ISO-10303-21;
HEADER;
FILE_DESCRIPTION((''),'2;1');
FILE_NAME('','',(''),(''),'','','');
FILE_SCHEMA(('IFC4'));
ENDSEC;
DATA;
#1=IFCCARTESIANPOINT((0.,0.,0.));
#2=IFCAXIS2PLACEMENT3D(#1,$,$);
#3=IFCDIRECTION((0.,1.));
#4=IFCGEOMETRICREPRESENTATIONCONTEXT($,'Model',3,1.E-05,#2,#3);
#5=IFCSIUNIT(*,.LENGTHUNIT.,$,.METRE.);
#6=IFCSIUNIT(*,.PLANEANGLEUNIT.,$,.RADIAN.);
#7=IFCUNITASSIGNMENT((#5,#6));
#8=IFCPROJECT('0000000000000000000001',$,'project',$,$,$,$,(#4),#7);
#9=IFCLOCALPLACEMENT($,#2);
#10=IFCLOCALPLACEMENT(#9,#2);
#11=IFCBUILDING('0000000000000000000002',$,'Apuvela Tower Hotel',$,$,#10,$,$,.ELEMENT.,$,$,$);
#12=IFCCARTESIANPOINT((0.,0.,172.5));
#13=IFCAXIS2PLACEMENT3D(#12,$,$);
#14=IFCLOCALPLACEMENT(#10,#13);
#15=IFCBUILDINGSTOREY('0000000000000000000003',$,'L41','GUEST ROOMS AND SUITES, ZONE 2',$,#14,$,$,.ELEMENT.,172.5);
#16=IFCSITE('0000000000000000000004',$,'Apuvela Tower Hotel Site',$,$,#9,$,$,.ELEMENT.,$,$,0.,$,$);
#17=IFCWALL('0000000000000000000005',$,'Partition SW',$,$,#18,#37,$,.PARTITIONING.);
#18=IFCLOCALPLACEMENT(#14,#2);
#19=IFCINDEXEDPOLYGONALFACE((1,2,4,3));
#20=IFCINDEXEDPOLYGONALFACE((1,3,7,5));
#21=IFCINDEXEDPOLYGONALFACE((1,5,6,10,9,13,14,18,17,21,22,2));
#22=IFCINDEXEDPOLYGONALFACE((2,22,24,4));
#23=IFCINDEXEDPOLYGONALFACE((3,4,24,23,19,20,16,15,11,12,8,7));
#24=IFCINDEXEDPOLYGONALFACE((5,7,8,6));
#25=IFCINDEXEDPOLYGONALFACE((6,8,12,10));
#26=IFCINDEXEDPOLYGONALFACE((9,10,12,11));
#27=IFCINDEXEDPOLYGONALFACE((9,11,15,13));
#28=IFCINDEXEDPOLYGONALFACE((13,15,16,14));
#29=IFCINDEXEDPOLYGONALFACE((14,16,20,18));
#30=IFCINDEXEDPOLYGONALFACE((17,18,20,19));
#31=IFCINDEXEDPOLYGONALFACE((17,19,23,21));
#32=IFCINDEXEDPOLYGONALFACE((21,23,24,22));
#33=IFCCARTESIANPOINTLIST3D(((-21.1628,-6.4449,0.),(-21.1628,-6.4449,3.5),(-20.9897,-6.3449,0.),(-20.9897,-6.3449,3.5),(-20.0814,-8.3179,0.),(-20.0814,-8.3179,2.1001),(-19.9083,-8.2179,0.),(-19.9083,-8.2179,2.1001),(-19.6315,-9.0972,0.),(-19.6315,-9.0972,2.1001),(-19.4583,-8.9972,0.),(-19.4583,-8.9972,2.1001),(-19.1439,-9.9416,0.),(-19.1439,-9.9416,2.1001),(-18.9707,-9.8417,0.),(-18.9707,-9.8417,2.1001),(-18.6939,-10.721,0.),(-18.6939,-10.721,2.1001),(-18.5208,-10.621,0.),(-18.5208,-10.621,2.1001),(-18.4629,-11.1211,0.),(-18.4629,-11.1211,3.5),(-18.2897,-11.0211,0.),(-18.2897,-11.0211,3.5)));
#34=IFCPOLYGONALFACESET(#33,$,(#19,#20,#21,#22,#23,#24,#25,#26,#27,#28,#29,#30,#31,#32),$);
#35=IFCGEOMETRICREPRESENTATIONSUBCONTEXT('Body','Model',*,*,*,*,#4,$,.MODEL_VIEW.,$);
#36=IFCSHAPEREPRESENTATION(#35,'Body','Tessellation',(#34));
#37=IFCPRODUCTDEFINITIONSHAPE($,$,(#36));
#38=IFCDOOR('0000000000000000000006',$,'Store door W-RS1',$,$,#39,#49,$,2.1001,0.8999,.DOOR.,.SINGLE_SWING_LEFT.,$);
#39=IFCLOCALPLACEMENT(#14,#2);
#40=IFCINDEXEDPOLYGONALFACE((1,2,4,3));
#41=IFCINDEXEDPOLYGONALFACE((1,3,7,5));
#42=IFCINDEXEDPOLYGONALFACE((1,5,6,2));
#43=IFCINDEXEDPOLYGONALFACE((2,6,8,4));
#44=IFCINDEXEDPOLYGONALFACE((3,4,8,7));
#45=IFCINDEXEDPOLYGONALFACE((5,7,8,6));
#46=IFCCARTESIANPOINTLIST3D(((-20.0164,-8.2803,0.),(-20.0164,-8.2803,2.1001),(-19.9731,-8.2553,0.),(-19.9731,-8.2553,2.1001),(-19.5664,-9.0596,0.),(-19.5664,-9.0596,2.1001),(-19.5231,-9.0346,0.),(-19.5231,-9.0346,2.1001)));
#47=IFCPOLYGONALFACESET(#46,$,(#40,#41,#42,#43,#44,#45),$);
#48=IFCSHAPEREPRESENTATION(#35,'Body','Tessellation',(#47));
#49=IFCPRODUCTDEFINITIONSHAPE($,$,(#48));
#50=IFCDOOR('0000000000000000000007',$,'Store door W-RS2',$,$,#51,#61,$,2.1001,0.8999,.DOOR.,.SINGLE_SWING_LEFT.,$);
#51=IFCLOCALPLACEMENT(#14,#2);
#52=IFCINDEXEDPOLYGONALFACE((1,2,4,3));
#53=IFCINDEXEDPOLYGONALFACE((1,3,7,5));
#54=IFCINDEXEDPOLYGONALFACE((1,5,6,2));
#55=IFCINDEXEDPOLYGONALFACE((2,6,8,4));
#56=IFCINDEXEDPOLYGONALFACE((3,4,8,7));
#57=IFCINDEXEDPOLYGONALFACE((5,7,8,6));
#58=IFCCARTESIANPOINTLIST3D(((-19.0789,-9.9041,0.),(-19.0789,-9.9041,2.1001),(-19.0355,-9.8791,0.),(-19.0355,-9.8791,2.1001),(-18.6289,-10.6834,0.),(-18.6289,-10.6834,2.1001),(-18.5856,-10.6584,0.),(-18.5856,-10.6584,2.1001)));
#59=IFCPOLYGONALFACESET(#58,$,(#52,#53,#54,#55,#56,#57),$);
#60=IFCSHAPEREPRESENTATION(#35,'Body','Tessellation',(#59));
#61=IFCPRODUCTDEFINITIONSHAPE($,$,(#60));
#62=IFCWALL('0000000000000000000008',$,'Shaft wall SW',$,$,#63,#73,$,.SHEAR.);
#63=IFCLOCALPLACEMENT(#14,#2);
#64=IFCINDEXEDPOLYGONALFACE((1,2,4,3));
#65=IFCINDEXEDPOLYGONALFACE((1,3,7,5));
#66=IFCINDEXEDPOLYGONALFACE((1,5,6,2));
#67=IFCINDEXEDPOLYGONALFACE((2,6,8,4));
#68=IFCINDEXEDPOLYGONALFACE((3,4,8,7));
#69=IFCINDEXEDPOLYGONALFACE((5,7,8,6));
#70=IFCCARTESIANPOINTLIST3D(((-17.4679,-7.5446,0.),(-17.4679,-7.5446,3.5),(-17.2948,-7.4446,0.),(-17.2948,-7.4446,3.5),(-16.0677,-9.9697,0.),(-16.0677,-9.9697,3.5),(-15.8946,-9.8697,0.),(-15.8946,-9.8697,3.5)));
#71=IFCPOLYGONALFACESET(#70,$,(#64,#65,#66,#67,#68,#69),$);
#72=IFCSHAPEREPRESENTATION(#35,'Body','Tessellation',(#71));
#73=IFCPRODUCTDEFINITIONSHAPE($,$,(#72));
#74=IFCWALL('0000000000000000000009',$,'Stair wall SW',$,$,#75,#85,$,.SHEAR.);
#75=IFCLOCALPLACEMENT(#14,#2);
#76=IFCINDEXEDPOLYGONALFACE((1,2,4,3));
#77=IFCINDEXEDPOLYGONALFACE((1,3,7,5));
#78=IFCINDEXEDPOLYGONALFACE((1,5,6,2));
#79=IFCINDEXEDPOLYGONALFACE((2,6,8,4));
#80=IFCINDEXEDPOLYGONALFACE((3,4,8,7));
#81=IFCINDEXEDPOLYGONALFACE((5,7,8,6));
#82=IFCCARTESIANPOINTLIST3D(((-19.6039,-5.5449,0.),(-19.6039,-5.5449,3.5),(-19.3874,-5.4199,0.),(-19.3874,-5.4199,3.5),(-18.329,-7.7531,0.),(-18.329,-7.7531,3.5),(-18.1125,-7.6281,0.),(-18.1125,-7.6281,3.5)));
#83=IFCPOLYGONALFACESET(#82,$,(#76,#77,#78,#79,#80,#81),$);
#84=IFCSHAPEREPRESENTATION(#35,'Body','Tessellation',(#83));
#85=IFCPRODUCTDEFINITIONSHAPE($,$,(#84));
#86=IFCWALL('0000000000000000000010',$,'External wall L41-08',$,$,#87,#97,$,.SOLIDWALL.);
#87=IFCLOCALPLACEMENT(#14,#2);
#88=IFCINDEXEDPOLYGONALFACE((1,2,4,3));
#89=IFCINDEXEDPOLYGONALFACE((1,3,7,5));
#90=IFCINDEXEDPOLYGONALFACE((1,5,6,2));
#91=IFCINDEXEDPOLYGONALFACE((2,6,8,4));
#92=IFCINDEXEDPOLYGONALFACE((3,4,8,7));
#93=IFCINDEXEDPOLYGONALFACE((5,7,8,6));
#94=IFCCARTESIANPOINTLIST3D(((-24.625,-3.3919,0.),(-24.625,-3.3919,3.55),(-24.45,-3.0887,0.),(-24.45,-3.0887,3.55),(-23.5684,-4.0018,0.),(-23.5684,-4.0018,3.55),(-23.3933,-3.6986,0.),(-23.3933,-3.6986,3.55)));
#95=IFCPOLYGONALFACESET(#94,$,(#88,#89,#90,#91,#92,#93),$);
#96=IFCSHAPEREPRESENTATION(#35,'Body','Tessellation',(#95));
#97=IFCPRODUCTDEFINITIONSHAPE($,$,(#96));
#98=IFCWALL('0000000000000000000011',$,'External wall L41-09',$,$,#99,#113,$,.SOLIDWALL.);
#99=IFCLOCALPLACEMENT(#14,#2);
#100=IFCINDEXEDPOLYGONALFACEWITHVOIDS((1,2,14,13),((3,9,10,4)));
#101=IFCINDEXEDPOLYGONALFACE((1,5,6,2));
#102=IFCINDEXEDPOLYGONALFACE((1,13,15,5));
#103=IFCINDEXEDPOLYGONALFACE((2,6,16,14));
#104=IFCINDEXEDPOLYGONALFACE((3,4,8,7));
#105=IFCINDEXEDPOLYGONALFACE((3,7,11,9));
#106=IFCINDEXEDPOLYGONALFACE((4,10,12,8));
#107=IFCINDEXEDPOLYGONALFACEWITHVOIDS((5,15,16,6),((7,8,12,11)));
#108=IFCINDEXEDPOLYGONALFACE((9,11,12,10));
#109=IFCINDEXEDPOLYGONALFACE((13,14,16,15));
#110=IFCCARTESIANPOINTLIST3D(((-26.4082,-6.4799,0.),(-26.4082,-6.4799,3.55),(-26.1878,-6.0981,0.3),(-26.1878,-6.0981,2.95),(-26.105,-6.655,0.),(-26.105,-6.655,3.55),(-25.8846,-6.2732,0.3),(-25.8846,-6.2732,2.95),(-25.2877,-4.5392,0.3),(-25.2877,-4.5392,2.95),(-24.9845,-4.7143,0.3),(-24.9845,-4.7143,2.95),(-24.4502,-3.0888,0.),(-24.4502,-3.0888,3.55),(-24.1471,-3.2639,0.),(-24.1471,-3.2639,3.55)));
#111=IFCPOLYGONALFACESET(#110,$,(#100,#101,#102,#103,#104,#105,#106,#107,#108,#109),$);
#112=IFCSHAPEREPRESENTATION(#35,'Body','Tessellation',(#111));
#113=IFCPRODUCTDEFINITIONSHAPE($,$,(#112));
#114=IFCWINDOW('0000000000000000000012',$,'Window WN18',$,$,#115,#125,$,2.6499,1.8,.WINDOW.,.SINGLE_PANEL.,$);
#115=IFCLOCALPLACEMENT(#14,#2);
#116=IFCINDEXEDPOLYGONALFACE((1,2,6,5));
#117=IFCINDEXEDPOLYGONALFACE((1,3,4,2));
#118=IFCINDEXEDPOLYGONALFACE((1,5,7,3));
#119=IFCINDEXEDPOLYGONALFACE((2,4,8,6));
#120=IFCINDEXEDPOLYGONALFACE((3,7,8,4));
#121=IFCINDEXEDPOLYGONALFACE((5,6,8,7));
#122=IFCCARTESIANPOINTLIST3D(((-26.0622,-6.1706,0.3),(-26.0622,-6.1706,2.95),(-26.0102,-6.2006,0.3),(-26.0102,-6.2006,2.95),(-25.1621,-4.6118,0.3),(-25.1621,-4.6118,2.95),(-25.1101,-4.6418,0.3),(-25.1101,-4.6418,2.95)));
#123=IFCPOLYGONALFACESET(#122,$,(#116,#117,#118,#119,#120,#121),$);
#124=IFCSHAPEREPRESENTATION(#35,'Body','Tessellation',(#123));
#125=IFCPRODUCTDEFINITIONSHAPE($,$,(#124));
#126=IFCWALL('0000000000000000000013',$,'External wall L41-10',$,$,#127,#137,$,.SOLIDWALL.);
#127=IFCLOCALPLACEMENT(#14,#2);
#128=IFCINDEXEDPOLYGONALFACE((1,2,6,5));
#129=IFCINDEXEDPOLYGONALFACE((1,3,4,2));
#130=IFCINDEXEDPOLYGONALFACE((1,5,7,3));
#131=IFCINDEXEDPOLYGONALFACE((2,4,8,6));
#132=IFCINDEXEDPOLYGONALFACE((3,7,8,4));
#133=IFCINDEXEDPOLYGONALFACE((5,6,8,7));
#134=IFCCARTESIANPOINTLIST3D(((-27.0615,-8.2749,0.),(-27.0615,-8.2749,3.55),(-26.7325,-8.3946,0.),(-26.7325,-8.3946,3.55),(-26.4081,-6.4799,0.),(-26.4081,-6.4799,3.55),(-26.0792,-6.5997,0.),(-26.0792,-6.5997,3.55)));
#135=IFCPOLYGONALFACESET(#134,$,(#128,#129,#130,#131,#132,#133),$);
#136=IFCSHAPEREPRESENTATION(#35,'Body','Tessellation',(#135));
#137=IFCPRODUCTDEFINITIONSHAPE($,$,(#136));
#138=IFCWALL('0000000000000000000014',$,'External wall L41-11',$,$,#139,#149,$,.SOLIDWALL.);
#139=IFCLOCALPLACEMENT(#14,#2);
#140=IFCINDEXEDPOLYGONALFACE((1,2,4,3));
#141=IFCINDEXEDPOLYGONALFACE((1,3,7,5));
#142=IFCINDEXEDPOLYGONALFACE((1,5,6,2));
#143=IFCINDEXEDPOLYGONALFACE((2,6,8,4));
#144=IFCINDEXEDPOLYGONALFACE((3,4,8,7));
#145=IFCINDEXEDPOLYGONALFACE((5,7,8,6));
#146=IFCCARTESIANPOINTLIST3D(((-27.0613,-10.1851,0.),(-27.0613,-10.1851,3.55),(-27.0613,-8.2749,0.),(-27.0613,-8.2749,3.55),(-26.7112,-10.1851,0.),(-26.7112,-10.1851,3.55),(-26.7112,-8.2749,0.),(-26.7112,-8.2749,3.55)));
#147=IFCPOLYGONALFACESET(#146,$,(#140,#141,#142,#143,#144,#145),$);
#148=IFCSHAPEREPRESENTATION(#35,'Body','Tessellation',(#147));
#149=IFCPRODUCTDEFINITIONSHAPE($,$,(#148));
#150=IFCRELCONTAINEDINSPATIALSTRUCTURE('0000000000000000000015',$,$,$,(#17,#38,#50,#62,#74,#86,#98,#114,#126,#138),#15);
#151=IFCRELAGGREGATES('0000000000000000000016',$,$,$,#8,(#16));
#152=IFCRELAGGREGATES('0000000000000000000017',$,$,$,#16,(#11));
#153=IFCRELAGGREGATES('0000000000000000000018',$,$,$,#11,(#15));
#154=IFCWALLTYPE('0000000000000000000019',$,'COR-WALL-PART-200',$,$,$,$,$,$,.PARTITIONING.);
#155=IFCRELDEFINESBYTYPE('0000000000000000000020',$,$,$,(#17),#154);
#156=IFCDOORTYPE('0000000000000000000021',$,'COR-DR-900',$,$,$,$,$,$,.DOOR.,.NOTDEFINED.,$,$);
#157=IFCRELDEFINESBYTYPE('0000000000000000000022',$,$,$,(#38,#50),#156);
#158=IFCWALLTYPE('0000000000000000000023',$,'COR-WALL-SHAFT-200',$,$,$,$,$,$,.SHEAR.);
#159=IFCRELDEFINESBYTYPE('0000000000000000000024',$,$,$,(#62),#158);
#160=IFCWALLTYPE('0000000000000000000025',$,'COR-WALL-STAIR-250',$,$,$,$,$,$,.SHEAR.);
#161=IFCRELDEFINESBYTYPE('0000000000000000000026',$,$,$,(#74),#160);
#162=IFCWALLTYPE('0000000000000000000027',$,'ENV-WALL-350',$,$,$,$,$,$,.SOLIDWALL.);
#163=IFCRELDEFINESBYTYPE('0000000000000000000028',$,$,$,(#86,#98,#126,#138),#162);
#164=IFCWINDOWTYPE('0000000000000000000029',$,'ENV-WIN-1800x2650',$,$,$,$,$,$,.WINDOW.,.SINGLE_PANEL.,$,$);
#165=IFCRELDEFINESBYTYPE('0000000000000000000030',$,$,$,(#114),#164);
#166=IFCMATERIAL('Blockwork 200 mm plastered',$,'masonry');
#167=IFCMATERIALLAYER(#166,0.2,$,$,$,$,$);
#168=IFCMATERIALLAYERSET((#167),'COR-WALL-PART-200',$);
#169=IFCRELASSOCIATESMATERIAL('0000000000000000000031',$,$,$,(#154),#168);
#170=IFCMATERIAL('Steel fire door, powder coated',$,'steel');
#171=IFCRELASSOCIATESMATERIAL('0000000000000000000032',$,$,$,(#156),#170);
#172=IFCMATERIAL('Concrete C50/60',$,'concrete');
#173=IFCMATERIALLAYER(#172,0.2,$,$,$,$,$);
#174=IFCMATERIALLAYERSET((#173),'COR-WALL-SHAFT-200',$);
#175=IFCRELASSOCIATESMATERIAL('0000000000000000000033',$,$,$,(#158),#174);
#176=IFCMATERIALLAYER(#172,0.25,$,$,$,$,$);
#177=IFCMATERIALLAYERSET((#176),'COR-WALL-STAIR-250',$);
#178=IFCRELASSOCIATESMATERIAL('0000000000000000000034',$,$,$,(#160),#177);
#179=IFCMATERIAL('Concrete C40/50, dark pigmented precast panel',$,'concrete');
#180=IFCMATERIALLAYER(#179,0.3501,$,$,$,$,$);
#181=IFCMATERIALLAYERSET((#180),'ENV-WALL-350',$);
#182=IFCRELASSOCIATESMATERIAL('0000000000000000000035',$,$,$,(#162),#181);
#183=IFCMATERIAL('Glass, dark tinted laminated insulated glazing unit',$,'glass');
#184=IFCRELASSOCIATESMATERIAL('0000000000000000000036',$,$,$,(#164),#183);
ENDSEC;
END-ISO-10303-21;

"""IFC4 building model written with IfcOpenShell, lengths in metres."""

from ifc_helpers import new_model, si_unit, direction, frame, frame_2d, origin, place, context, subcontext, project, spatial, rectangle, extrude, material, layer, layer_set, type_object, element, fill, save


model = new_model("IFC4")

# Units and contexts
model_context = context("Model", 3, precision=1e-05, world=origin(), true_north=direction((0.0, 1.0)))
body_context = subcontext(model_context, "Body", "Model", "MODEL_VIEW")
ifc_project = project(units=[si_unit("LENGTHUNIT", "METRE"), si_unit("PLANEANGLEUNIT", "RADIAN")], contexts=[model_context])

# Site, building, storey
site_placement = place(None, origin())
site = spatial("IfcSite", under=ifc_project, at=site_placement, Name="Apuvela Tower Hotel Site", CompositionType="ELEMENT", RefElevation=0.0)
building_placement = place(site_placement, origin())
building = spatial("IfcBuilding", under=site, at=building_placement, Name="Apuvela Tower Hotel", CompositionType="ELEMENT")
storey_placement = place(building_placement, frame((0.0, 0.0, 172.5)))
storey = spatial("IfcBuildingStorey", under=building, at=storey_placement, Name="L41", Description="GUEST ROOMS AND SUITES, ZONE 2", CompositionType="ELEMENT", Elevation=172.5)

# Wall, openings, doors
ifc_material_1 = material(Name="Blockwork 200 mm plastered", Category="masonry")
ifc_layer_1 = layer(ifc_material_1, 0.2)
ifc_layer_set_1 = layer_set([ifc_layer_1], Name="COR-WALL-PART-200")
wall_type_1 = type_object("IfcWallType", Name="COR-WALL-PART-200", PredefinedType="PARTITIONING", material=ifc_layer_set_1)
wall_1_placement = place(storey_placement, frame((-21.0762, -6.395, 0.0), z_axis=(0.0, 0.0, 1.0), x_axis=(0.500015, -0.866017, 0.0)))
wall_1 = element("IfcWall", 1, at=wall_1_placement, inside=storey, type_object=wall_type_1, Name="Partition SW", PredefinedType="PARTITIONING", context=body_context, shape_type="SweptSolid", body=[
    extrude(rectangle(XDim=5.3997, YDim=0.2, at=frame_2d((2.6997, 0.0))), origin(), (0.0, 0.0, 1.0), 3.5),
])
opening_1_placement = place(wall_1_placement, frame((2.1626, 0.0, 0.0)))
opening_1 = element("IfcOpeningElement", 2, at=opening_1_placement, cuts=wall_1, PredefinedType="OPENING", context=body_context, shape_type="SweptSolid", body=[
    extrude(rectangle(XDim=0.8999, YDim=2.1001, at=frame_2d((0.45, 1.05))), frame((0.0, 0.1099, 0.0), z_axis=(0.0, -1.0, 0.0), x_axis=(1.0, 0.0, 0.0)), (0.0, 0.0, 1.0), 0.22),
])
opening_2_placement = place(wall_1_placement, frame((4.0376, 0.0, 0.0)))
opening_2 = element("IfcOpeningElement", 3, at=opening_2_placement, cuts=wall_1, PredefinedType="OPENING", context=body_context, shape_type="SweptSolid", body=[
    extrude(rectangle(XDim=0.8999, YDim=2.1001, at=frame_2d((0.45, 1.05))), frame((0.0, 0.1099, 0.0), z_axis=(0.0, -1.0, 0.0), x_axis=(1.0, 0.0, 0.0)), (0.0, 0.0, 1.0), 0.22),
])
ifc_material_2 = material(Name="Steel fire door, powder coated", Category="steel")
door_type_1 = type_object("IfcDoorType", Name="COR-DR-900", OperationType="NOTDEFINED", PredefinedType="DOOR", material=ifc_material_2)
door_1_placement = place(opening_1_placement, frame((0.8999, 0.0, 0.0), z_axis=(0.0, 0.0, 1.0), x_axis=(-1.0, 0.0, 0.0)))
door_1 = element("IfcDoor", 4, at=door_1_placement, inside=storey, type_object=door_type_1, Name="Store door W-RS1", OperationType="SINGLE_SWING_LEFT", OverallHeight=2.1001, OverallWidth=0.8999, PredefinedType="DOOR", context=body_context, shape_type="SweptSolid", body=[
    extrude(rectangle(XDim=0.8999, YDim=2.1001, at=frame_2d((0.45, 1.05))), frame((0.0, 0.0249, 0.0), z_axis=(0.0, -1.0, 0.0), x_axis=(1.0, 0.0, 0.0)), (0.0, 0.0, 1.0), 0.05),
])
fill(opening_1, door_1)
door_2_placement = place(opening_2_placement, frame((0.8999, 0.0, 0.0), z_axis=(0.0, 0.0, 1.0), x_axis=(-1.0, 0.0, 0.0)))
door_2 = element("IfcDoor", 5, at=door_2_placement, inside=storey, type_object=door_type_1, Name="Store door W-RS2", OperationType="SINGLE_SWING_LEFT", OverallHeight=2.1001, OverallWidth=0.8999, PredefinedType="DOOR", context=body_context, shape_type="SweptSolid", body=[
    extrude(rectangle(XDim=0.8999, YDim=2.1001, at=frame_2d((0.45, 1.05))), frame((0.0, 0.0249, 0.0), z_axis=(0.0, -1.0, 0.0), x_axis=(1.0, 0.0, 0.0)), (0.0, 0.0, 1.0), 0.05),
])
fill(opening_2, door_2)

# Walls
ifc_material_3 = material(Name="Concrete C50/60", Category="concrete")
ifc_layer_2 = layer(ifc_material_3, 0.2)
ifc_layer_set_2 = layer_set([ifc_layer_2], Name="COR-WALL-SHAFT-200")
wall_type_2 = type_object("IfcWallType", Name="COR-WALL-SHAFT-200", PredefinedType="SHEAR", material=ifc_layer_set_2)
wall_2_placement = place(storey_placement, frame((-17.3813, -7.4946, 0.0), z_axis=(0.0, 0.0, 1.0), x_axis=(0.500012, -0.866019, 0.0)))
element("IfcWall", 6, at=wall_2_placement, inside=storey, type_object=wall_type_2, Name="Shaft wall SW", PredefinedType="SHEAR", context=body_context, shape_type="SweptSolid", body=[
    extrude(rectangle(XDim=2.8003, YDim=0.2, at=frame_2d((1.4001, 0.0))), origin(), (0.0, 0.0, 1.0), 3.5),
])
ifc_layer_3 = layer(ifc_material_3, 0.25)
ifc_layer_set_3 = layer_set([ifc_layer_3], Name="COR-WALL-STAIR-250")
wall_type_3 = type_object("IfcWallType", Name="COR-WALL-STAIR-250", PredefinedType="SHEAR", material=ifc_layer_set_3)
wall_3_placement = place(storey_placement, frame((-19.4956, -5.4824, 0.0), z_axis=(0.0, 0.0, 1.0), x_axis=(0.49999, -0.866031, 0.0)))
element("IfcWall", 7, at=wall_3_placement, inside=storey, type_object=wall_type_3, Name="Stair wall SW", PredefinedType="SHEAR", context=body_context, shape_type="SweptSolid", body=[
    extrude(rectangle(XDim=2.5498, YDim=0.25, at=frame_2d((1.2749, 0.0))), origin(), (0.0, 0.0, 1.0), 3.5),
])
ifc_material_4 = material(Name="Concrete C40/50, dark pigmented precast panel", Category="concrete")
ifc_layer_4 = layer(ifc_material_4, 0.3501)
ifc_layer_set_4 = layer_set([ifc_layer_4], Name="ENV-WALL-350")
wall_type_4 = type_object("IfcWallType", Name="ENV-WALL-350", PredefinedType="SOLIDWALL", material=ifc_layer_set_4)
wall_4_placement = place(storey_placement, frame((-23.481, -3.8501, 0.0), z_axis=(0.0, 0.0, 1.0), x_axis=(-0.866092, 0.499884, 0.0)))
element("IfcWall", 8, at=wall_4_placement, inside=storey, type_object=wall_type_4, Name="External wall L41-08", PredefinedType="SOLIDWALL", context=body_context, shape_type="SweptSolid", body=[
    extrude(rectangle(XDim=1.22, YDim=0.3501, at=frame_2d((0.6099, 0.0))), origin(), (0.0, 0.0, 1.0), 3.55),
])

# Wall, opening, window
wall_5_placement = place(storey_placement, frame((-24.2986, -3.1763, 0.0), z_axis=(0.0, 0.0, 1.0), x_axis=(-0.500028, -0.866009, 0.0)))
wall_5 = element("IfcWall", 9, at=wall_5_placement, inside=storey, type_object=wall_type_4, Name="External wall L41-09", PredefinedType="SOLIDWALL", context=body_context, shape_type="SweptSolid", body=[
    extrude(rectangle(XDim=3.9158, YDim=0.3501, at=frame_2d((1.958, 0.0))), origin(), (0.0, 0.0, 1.0), 3.55),
])
opening_3_placement = place(wall_5_placement, frame((1.675, 0.0, 0.3)))
opening_3 = element("IfcOpeningElement", 10, at=opening_3_placement, cuts=wall_5, PredefinedType="OPENING", context=body_context, shape_type="SweptSolid", body=[
    extrude(rectangle(XDim=1.8, YDim=2.6499, at=frame_2d((0.8999, 1.325))), frame((0.0, 0.1851, 0.0), z_axis=(0.0, -1.0, 0.0), x_axis=(1.0, 0.0, 0.0)), (0.0, 0.0, 1.0), 0.3701),
])
ifc_material_5 = material(Name="Glass, dark tinted laminated insulated glazing unit", Category="glass")
window_type = type_object("IfcWindowType", Name="ENV-WIN-1800x2650", PartitioningType="SINGLE_PANEL", PredefinedType="WINDOW", material=ifc_material_5)
window_placement = place(opening_3_placement, origin())
window = element("IfcWindow", 11, at=window_placement, inside=storey, type_object=window_type, Name="Window WN18", OverallHeight=2.6499, OverallWidth=1.8, PartitioningType="SINGLE_PANEL", PredefinedType="WINDOW", context=body_context, shape_type="SweptSolid", body=[
    extrude(rectangle(XDim=1.8, YDim=2.6499, at=frame_2d((0.8999, 1.325))), frame((0.0, 0.03, 0.0), z_axis=(0.0, -1.0, 0.0), x_axis=(1.0, 0.0, 0.0)), (0.0, 0.0, 1.0), 0.0601),
])
fill(opening_3, window)

# Walls
for number, where, z_axis, x_axis, name in (
    (12, (-26.2437, -6.5398, 0.0), (0.0, 0.0, 1.0), (-0.34203, -0.939689, 0.0), "External wall L41-10"),
    (13, (-26.8862, -8.2749, 0.0), (0.0, 0.0, 1.0), (0.0, -1.0, 0.0), "External wall L41-11"),
):
    element("IfcWall", number, at=place(storey_placement, frame(where, z_axis=z_axis, x_axis=x_axis)), inside=storey, type_object=wall_type_4, Name=name, PredefinedType="SOLIDWALL", context=body_context, shape_type="SweptSolid", body=[
        extrude(rectangle(XDim=1.9102, YDim=0.3501, at=frame_2d((0.9551, 0.0))), origin(), (0.0, 0.0, 1.0), 3.55),
    ])

save(model, "model.ifc")
